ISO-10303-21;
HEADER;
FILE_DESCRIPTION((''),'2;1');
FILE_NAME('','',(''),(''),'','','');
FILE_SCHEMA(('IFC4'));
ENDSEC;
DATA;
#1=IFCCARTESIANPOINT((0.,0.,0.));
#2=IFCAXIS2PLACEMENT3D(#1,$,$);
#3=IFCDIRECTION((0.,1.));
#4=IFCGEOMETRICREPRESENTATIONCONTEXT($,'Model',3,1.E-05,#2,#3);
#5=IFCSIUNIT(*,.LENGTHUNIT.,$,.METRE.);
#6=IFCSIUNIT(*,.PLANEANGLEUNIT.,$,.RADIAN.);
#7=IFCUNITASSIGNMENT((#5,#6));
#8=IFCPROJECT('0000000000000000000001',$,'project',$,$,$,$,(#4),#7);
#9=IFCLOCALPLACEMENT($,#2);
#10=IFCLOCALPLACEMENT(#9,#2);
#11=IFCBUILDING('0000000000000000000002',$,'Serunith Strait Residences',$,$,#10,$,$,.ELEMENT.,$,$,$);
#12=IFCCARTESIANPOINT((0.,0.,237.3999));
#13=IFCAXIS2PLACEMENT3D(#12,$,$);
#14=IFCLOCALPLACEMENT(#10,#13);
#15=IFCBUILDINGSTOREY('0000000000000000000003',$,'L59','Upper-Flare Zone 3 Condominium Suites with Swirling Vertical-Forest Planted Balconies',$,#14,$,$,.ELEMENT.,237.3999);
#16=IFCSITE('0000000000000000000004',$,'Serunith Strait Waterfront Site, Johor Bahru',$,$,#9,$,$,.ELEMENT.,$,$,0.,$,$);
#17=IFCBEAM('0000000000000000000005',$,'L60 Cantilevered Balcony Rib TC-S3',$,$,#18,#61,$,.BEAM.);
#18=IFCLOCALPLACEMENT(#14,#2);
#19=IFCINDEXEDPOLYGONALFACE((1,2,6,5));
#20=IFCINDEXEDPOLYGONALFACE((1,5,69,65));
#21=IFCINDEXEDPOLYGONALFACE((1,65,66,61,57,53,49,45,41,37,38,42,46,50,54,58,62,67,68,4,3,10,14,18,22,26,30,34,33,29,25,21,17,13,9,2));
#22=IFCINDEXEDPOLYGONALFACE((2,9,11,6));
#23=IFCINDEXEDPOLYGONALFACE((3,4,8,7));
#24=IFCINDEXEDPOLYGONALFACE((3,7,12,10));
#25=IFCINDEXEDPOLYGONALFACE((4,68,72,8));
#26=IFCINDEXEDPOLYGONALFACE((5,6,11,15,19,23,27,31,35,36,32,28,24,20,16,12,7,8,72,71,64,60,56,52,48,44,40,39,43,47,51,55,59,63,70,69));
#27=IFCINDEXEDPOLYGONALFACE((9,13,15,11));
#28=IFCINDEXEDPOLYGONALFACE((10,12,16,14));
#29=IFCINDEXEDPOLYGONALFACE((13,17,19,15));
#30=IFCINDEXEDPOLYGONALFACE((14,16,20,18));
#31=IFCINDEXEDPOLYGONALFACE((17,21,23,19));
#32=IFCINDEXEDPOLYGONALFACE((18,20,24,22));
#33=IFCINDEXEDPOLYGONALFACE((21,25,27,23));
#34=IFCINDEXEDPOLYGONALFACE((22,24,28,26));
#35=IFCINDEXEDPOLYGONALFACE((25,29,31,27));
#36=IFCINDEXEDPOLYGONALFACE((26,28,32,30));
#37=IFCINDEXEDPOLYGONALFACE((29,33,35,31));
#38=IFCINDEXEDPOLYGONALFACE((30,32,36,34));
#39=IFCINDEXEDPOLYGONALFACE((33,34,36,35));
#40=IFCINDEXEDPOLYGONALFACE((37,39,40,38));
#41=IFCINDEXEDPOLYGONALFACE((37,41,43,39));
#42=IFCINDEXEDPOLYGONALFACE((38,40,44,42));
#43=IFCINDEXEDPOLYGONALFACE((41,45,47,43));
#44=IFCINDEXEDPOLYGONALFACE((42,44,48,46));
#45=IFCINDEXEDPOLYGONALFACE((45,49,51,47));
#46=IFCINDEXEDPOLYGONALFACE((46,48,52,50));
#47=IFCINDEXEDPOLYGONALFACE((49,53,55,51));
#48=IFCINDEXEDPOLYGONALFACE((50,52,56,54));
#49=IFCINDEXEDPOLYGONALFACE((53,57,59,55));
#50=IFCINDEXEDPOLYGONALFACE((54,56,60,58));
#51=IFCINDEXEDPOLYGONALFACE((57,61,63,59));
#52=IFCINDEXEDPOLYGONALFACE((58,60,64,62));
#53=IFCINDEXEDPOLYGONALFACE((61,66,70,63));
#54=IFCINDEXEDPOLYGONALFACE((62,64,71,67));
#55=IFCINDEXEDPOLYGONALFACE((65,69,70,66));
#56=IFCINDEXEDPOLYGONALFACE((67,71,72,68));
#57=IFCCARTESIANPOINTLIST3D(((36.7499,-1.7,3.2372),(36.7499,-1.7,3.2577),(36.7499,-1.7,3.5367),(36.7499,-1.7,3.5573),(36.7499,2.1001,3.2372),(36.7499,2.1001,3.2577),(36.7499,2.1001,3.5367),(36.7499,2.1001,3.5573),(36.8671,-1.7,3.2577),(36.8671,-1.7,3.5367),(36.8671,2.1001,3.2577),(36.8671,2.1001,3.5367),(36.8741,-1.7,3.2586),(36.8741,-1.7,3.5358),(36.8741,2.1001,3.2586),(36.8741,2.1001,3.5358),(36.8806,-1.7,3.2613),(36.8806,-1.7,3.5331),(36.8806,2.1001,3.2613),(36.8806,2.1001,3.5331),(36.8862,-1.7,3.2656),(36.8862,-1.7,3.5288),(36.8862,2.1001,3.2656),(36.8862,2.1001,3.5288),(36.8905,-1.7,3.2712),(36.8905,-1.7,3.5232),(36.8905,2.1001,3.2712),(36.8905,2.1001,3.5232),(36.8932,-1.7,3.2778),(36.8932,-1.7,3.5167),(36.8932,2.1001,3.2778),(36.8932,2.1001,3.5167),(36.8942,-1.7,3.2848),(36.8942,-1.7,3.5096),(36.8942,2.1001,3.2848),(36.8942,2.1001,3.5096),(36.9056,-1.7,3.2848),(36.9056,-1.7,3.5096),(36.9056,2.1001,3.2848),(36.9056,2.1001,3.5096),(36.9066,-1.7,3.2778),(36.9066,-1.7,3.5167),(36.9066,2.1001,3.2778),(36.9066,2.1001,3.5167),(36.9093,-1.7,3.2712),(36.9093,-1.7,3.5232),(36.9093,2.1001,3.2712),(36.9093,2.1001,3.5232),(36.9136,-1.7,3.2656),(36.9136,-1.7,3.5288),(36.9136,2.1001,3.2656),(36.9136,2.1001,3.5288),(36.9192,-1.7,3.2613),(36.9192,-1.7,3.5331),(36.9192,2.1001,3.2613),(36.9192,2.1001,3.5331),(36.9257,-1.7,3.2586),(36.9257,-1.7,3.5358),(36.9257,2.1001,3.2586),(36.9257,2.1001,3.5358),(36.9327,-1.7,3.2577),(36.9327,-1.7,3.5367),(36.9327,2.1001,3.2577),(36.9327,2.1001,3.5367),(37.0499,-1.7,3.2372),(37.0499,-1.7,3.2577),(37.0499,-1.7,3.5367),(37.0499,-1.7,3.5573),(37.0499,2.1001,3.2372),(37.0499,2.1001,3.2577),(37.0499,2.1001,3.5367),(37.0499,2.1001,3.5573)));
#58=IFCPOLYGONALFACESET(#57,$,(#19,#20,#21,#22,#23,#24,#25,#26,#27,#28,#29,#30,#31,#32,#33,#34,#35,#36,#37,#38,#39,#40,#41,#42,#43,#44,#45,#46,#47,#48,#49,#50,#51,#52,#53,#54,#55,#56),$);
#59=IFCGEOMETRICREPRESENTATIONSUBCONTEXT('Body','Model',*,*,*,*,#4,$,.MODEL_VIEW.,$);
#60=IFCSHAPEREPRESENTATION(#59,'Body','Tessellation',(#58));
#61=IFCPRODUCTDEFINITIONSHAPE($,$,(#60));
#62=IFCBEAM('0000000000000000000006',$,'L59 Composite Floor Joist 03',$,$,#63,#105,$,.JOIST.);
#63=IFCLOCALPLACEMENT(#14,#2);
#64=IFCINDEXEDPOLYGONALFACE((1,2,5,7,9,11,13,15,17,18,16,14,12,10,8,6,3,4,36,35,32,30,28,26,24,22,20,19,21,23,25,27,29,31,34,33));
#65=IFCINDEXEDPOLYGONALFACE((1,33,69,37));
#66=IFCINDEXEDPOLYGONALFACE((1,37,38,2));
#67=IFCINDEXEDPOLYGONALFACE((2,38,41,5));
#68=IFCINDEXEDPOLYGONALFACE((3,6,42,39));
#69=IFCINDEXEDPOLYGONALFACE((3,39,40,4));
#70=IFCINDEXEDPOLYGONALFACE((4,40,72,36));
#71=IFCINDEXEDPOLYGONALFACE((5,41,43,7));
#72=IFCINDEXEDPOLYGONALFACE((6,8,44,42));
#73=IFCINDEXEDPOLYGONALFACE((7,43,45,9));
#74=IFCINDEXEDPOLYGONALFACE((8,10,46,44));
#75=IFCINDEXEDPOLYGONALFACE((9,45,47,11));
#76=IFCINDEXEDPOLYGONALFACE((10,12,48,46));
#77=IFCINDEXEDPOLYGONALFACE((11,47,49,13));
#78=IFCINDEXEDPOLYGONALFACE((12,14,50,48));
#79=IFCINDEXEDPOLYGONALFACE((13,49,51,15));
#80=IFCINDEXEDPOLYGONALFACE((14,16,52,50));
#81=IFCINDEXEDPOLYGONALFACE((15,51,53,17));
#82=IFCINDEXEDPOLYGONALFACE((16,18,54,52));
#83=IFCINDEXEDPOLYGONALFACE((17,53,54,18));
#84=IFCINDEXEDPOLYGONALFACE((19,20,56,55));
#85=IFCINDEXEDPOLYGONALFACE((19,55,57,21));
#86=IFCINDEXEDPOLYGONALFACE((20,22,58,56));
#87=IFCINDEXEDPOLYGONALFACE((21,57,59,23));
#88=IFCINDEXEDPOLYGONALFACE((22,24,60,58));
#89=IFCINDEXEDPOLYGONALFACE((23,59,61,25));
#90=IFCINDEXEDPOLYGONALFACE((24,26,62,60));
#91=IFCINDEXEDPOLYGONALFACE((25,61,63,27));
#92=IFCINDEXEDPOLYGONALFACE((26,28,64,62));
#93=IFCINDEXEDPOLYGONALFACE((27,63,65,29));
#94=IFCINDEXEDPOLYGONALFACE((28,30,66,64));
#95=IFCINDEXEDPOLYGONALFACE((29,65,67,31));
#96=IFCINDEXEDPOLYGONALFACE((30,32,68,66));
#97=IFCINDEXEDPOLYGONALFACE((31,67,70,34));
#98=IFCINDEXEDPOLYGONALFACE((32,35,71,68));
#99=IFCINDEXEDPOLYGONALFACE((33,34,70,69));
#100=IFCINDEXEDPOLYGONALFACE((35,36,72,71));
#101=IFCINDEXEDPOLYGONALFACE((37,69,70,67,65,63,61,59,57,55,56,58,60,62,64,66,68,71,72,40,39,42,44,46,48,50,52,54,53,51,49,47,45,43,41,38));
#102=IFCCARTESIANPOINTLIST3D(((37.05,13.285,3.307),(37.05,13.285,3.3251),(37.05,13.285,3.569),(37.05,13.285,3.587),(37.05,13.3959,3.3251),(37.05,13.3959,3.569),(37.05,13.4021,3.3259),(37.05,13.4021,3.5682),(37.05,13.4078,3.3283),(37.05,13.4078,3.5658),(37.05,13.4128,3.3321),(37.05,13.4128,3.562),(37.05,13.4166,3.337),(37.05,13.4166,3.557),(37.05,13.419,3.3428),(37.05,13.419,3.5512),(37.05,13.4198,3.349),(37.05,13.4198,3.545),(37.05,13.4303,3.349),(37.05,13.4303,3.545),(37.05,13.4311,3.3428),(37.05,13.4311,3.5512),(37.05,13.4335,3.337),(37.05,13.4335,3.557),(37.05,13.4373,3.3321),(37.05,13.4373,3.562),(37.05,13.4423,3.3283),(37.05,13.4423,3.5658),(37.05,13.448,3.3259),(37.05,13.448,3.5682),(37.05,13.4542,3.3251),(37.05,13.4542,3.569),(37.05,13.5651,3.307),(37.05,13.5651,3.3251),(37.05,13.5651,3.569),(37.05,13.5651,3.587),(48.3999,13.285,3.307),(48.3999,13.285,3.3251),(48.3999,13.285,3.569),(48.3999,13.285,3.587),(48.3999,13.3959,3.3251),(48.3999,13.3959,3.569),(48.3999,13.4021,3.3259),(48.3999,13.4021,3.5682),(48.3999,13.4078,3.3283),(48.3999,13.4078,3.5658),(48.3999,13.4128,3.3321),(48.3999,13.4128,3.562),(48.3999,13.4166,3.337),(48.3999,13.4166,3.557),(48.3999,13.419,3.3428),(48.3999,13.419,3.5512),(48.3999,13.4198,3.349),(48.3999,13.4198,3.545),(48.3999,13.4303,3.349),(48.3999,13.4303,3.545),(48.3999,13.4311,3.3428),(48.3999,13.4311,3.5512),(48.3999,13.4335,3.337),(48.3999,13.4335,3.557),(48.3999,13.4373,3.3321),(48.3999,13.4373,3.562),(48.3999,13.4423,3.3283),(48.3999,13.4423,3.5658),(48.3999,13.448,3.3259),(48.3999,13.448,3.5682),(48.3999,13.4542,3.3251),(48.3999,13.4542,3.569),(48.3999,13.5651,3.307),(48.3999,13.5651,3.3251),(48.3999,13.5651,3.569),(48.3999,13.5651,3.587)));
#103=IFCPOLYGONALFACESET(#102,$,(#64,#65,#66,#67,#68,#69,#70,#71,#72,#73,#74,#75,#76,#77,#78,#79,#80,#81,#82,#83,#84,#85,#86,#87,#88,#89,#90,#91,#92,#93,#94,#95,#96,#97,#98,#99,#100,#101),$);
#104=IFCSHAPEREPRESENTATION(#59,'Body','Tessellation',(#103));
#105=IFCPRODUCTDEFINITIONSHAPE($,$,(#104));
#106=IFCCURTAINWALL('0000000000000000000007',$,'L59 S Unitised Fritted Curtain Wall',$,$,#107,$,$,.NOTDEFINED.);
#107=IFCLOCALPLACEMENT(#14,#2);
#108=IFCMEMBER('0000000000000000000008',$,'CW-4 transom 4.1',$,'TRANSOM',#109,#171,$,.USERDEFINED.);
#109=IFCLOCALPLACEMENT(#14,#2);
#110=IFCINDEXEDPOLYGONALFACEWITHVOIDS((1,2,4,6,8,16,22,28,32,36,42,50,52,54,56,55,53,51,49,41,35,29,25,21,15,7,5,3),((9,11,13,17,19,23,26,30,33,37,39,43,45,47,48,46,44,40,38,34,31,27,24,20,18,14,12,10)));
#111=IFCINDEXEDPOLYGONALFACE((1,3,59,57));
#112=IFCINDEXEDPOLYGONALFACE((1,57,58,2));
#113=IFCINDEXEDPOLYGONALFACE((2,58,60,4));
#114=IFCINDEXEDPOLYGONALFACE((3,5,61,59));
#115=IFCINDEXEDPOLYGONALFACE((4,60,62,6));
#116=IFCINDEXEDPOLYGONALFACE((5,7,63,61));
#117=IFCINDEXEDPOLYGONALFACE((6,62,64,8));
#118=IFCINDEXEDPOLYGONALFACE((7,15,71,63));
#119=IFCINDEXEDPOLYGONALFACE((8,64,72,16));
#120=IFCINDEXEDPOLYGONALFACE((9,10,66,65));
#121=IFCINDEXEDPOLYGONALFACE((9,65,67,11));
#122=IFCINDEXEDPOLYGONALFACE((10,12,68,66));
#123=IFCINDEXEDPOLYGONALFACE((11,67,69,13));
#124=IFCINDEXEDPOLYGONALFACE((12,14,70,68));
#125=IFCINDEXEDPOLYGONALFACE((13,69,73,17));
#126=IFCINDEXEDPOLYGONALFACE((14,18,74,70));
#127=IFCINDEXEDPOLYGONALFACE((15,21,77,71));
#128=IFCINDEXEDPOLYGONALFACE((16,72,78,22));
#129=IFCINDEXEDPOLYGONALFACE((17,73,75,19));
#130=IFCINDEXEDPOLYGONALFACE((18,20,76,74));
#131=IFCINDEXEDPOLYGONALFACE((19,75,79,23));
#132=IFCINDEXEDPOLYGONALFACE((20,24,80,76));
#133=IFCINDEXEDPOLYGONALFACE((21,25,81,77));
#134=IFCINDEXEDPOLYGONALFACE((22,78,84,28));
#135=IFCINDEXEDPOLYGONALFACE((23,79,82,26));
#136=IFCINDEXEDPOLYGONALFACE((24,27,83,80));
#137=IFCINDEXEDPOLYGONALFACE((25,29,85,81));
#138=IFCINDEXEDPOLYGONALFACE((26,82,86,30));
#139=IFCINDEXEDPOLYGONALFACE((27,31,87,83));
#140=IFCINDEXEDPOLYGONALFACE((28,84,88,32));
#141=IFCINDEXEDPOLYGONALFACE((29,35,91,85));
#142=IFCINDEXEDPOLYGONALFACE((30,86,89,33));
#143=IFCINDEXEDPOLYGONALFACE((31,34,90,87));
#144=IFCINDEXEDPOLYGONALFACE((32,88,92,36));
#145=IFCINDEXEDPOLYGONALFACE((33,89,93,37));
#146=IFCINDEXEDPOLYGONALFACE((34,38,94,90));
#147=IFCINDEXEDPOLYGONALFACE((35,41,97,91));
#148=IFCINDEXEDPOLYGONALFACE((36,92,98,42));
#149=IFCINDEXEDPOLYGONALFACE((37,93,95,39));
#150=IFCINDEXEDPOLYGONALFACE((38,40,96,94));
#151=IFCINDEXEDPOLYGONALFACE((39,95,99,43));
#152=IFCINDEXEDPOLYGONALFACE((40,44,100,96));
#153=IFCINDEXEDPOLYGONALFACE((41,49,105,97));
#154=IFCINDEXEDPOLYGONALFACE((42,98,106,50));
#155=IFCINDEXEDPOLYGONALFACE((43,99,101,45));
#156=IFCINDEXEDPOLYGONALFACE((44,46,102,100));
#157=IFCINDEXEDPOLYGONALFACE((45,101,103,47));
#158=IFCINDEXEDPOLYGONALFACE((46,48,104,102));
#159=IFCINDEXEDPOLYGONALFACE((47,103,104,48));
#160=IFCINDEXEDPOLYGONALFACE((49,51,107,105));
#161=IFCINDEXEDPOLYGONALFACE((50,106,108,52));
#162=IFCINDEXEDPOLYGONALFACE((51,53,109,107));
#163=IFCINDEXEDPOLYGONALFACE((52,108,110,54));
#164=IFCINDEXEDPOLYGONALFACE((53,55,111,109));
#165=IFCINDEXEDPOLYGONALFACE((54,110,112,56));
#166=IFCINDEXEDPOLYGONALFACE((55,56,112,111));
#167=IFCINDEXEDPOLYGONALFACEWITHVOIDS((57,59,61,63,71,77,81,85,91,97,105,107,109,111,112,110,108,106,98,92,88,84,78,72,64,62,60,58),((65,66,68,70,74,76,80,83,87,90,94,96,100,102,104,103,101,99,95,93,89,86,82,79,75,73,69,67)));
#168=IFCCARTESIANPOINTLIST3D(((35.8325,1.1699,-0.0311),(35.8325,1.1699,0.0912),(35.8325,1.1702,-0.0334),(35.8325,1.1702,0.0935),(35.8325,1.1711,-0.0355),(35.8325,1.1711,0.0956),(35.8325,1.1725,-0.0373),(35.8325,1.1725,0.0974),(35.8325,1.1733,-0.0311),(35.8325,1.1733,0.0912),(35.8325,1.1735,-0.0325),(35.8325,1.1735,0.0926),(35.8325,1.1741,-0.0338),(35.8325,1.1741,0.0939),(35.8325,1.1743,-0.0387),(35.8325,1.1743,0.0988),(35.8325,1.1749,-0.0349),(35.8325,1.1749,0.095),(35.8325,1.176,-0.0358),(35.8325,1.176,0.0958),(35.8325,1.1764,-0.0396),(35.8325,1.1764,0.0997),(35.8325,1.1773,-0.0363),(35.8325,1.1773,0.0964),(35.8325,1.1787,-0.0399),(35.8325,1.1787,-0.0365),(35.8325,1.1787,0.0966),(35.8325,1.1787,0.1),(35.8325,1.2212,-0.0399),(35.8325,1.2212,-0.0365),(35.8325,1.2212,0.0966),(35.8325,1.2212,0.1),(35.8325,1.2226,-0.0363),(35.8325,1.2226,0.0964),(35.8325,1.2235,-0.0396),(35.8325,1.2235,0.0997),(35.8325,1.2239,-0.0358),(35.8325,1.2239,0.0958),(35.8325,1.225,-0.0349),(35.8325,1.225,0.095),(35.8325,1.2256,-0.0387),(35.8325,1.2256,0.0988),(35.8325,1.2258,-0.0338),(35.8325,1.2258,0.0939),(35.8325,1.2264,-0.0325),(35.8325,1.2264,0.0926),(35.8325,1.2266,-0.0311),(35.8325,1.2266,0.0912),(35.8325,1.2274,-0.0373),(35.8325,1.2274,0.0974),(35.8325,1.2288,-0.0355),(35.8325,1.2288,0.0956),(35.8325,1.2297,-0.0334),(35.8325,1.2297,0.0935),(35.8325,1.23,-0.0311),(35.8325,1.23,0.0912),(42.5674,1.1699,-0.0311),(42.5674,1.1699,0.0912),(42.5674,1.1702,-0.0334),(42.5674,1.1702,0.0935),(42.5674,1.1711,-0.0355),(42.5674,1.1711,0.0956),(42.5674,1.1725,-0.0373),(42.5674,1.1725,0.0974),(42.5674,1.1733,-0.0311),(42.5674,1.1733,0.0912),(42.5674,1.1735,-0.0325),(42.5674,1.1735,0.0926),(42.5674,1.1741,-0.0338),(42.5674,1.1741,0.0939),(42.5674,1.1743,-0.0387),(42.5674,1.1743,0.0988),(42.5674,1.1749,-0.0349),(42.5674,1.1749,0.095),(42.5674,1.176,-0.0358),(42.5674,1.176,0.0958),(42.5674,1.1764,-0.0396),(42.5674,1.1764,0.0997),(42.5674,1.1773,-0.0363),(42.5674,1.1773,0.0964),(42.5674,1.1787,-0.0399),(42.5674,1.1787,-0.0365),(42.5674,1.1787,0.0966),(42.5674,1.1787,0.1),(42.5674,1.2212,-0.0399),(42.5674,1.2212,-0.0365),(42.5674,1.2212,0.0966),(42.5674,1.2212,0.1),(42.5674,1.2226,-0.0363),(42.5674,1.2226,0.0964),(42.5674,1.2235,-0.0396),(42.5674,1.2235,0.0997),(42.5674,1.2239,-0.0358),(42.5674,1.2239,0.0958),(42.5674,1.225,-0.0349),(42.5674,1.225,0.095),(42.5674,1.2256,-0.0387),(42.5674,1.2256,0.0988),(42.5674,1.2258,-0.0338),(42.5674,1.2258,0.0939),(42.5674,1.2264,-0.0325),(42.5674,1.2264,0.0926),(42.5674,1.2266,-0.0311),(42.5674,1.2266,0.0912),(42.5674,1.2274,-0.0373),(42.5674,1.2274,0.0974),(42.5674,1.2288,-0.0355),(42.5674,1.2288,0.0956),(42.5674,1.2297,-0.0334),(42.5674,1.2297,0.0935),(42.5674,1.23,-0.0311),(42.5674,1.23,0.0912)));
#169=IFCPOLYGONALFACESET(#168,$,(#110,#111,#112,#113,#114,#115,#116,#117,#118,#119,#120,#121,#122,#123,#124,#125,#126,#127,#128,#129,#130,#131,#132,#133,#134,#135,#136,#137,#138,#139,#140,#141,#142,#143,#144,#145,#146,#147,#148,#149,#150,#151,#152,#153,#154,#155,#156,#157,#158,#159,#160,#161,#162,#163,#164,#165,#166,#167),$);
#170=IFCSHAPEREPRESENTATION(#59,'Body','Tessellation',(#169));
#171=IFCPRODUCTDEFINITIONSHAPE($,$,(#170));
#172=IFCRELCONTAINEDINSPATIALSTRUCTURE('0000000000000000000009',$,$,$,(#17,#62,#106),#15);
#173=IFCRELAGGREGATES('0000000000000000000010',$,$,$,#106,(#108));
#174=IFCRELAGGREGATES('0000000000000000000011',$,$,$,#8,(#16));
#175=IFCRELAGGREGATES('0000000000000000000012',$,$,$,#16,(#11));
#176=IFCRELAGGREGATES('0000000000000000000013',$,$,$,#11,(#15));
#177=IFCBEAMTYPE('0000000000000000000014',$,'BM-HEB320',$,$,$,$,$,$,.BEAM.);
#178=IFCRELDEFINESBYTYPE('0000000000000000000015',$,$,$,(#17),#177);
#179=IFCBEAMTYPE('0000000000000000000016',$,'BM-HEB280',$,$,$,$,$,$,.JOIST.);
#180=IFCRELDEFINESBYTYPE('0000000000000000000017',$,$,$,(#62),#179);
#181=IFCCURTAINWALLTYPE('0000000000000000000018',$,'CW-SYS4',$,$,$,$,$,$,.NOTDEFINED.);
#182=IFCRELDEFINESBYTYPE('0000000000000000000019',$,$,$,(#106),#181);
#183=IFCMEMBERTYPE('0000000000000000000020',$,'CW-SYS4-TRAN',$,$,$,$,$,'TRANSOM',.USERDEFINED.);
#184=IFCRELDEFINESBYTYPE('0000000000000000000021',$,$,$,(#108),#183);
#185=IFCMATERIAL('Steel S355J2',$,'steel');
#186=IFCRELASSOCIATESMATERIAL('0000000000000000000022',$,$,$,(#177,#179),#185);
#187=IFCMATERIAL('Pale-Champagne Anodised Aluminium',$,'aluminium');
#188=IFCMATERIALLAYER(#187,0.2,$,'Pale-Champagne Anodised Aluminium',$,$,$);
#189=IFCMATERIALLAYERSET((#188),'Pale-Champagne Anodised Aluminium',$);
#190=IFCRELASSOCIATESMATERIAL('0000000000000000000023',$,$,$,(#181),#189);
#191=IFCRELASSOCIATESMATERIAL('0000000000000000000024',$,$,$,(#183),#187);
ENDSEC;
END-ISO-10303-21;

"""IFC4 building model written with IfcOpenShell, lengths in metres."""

from ifc_helpers import new_model, si_unit, direction, frame, origin, origin_2d, place, context, subcontext, project, spatial, hollow_rectangle, i_section, extrude, source, transform, mapped, material, layer, layer_set, material_profile, profile_set, type_object, element, aggregate, save


model = new_model("IFC4")

# Units and contexts
model_context = context("Model", 3, precision=1e-05, world=origin(), true_north=direction((0.0, 1.0)))
body_context = subcontext(model_context, "Body", "Model", "MODEL_VIEW")
ifc_project = project(units=[si_unit("LENGTHUNIT", "METRE"), si_unit("PLANEANGLEUNIT", "RADIAN")], contexts=[model_context])

# Site, building, storey
site_placement = place(None, origin())
site = spatial("IfcSite", under=ifc_project, at=site_placement, Name="Serunith Strait Waterfront Site, Johor Bahru", CompositionType="ELEMENT", RefElevation=0.0)
building_placement = place(site_placement, origin())
building = spatial("IfcBuilding", under=site, at=building_placement, Name="Serunith Strait Residences", CompositionType="ELEMENT")
storey_placement = place(building_placement, frame((0.0, 0.0, 237.3999)))
storey = spatial("IfcBuildingStorey", under=building, at=storey_placement, Name="L59", Description="Upper-Flare Zone 3 Condominium Suites with Swirling Vertical-Forest Planted Balconies", CompositionType="ELEMENT", Elevation=237.3999)

# Beams
ifc_material_1 = material(Name="Steel S355J2", Category="steel")
ifc_material_profile_1 = material_profile(ifc_material_1, i_section(OverallWidth=0.3, OverallDepth=0.3201, WebThickness=0.0115, FlangeThickness=0.0205, FilletRadius=0.0271, at=origin_2d()), Name="HEB 320")
ifc_profile_set_1 = profile_set([ifc_material_profile_1], Name="Steel S355J2")
beam_type_1 = type_object("IfcBeamType", Name="BM-HEB320", PredefinedType="BEAM", material=ifc_profile_set_1)
shared_shape_1 = source(origin(), body_context, "Body", "SweptSolid", [
    extrude(i_section(OverallWidth=0.3, OverallDepth=0.3201, WebThickness=0.0115, FlangeThickness=0.0205, FilletRadius=0.0271, at=origin_2d()), origin(), (0.0, 0.0, 1.0), 3.8),
])
beam_1_placement = place(storey_placement, frame((36.8999, 2.1001, 3.3972), z_axis=(0.0, -1.0, 0.0), x_axis=(1.0, 0.0, 0.0)))
element("IfcBeam", 1, at=beam_1_placement, inside=storey, type_object=beam_type_1, Name="L60 Cantilevered Balcony Rib TC-S3", PredefinedType="BEAM", context=body_context, shape_type="MappedRepresentation", body=[
    mapped(shared_shape_1, transform((0.0, 0.0, 0.0), scale=1.0)),
])
ifc_material_profile_2 = material_profile(ifc_material_1, i_section(OverallWidth=0.28, OverallDepth=0.28, WebThickness=0.0105, FlangeThickness=0.0181, FilletRadius=0.0239, at=origin_2d()), Name="HEB 280")
ifc_profile_set_2 = profile_set([ifc_material_profile_2], Name="Steel S355J2")
beam_type_2 = type_object("IfcBeamType", Name="BM-HEB280", PredefinedType="JOIST", material=ifc_profile_set_2)
shared_shape_2 = source(origin(), body_context, "Body", "SweptSolid", [
    extrude(i_section(OverallWidth=0.28, OverallDepth=0.28, WebThickness=0.0105, FlangeThickness=0.0181, FilletRadius=0.0239, at=origin_2d()), origin(), (0.0, 0.0, 1.0), 11.3499),
])
beam_2_placement = place(storey_placement, frame((37.05, 13.425, 3.447), z_axis=(1.0, 0.0, 0.0), x_axis=(0.0, 1.0, 0.0)))
element("IfcBeam", 2, at=beam_2_placement, inside=storey, type_object=beam_type_2, Name="L59 Composite Floor Joist 03", PredefinedType="JOIST", context=body_context, shape_type="MappedRepresentation", body=[
    mapped(shared_shape_2, transform((0.0, 0.0, 0.0), scale=1.0)),
])

# Curtain wall, member
ifc_material_2 = material(Name="Pale-Champagne Anodised Aluminium", Category="aluminium")
ifc_layer_1 = layer(ifc_material_2, 0.2, Name="Pale-Champagne Anodised Aluminium")
ifc_layer_set_1 = layer_set([ifc_layer_1], Name="Pale-Champagne Anodised Aluminium")
curtain_wall_type = type_object("IfcCurtainWallType", Name="CW-SYS4", PredefinedType="NOTDEFINED", material=ifc_layer_set_1)
curtain_wall_placement = place(storey_placement, origin())
curtain_wall = element("IfcCurtainWall", 3, at=curtain_wall_placement, inside=storey, type_object=curtain_wall_type, Name="L59 S Unitised Fritted Curtain Wall", PredefinedType="NOTDEFINED")
ifc_material_profile_3 = material_profile(ifc_material_2, hollow_rectangle(XDim=0.0601, YDim=0.1399, WallThickness=0.0034, InnerFilletRadius=0.0054, OuterFilletRadius=0.0088, at=origin_2d()), Name="ALU 140x60x3.5")
ifc_profile_set_3 = profile_set([ifc_material_profile_3], Name="Pale-Champagne Anodised Aluminium")
member_type_1 = type_object("IfcMemberType", Name="CW-SYS4-TRAN", ElementType="TRANSOM", PredefinedType="USERDEFINED", material=ifc_profile_set_3)
shared_shape_3 = source(origin(), body_context, "Body", "SweptSolid", [
    extrude(hollow_rectangle(XDim=0.0601, YDim=0.1399, WallThickness=0.0034, InnerFilletRadius=0.0054, OuterFilletRadius=0.0088, at=origin_2d()), origin(), (0.0, 0.0, 1.0), 6.7349),
])
member_1_placement = place(storey_placement, frame((35.8325, 1.2, 0.03), z_axis=(1.0, 0.0, 0.0), x_axis=(0.0, 1.0, 0.0)))
member_1 = element("IfcMember", 4, at=member_1_placement, type_object=member_type_1, Name="CW-4 transom 4.1", ObjectType="TRANSOM", PredefinedType="USERDEFINED", context=body_context, shape_type="MappedRepresentation", body=[
    mapped(shared_shape_3, transform((0.0, 0.0, 0.0), scale=1.0)),
])
aggregate(curtain_wall, [member_1])

save(model, "model.ifc")
